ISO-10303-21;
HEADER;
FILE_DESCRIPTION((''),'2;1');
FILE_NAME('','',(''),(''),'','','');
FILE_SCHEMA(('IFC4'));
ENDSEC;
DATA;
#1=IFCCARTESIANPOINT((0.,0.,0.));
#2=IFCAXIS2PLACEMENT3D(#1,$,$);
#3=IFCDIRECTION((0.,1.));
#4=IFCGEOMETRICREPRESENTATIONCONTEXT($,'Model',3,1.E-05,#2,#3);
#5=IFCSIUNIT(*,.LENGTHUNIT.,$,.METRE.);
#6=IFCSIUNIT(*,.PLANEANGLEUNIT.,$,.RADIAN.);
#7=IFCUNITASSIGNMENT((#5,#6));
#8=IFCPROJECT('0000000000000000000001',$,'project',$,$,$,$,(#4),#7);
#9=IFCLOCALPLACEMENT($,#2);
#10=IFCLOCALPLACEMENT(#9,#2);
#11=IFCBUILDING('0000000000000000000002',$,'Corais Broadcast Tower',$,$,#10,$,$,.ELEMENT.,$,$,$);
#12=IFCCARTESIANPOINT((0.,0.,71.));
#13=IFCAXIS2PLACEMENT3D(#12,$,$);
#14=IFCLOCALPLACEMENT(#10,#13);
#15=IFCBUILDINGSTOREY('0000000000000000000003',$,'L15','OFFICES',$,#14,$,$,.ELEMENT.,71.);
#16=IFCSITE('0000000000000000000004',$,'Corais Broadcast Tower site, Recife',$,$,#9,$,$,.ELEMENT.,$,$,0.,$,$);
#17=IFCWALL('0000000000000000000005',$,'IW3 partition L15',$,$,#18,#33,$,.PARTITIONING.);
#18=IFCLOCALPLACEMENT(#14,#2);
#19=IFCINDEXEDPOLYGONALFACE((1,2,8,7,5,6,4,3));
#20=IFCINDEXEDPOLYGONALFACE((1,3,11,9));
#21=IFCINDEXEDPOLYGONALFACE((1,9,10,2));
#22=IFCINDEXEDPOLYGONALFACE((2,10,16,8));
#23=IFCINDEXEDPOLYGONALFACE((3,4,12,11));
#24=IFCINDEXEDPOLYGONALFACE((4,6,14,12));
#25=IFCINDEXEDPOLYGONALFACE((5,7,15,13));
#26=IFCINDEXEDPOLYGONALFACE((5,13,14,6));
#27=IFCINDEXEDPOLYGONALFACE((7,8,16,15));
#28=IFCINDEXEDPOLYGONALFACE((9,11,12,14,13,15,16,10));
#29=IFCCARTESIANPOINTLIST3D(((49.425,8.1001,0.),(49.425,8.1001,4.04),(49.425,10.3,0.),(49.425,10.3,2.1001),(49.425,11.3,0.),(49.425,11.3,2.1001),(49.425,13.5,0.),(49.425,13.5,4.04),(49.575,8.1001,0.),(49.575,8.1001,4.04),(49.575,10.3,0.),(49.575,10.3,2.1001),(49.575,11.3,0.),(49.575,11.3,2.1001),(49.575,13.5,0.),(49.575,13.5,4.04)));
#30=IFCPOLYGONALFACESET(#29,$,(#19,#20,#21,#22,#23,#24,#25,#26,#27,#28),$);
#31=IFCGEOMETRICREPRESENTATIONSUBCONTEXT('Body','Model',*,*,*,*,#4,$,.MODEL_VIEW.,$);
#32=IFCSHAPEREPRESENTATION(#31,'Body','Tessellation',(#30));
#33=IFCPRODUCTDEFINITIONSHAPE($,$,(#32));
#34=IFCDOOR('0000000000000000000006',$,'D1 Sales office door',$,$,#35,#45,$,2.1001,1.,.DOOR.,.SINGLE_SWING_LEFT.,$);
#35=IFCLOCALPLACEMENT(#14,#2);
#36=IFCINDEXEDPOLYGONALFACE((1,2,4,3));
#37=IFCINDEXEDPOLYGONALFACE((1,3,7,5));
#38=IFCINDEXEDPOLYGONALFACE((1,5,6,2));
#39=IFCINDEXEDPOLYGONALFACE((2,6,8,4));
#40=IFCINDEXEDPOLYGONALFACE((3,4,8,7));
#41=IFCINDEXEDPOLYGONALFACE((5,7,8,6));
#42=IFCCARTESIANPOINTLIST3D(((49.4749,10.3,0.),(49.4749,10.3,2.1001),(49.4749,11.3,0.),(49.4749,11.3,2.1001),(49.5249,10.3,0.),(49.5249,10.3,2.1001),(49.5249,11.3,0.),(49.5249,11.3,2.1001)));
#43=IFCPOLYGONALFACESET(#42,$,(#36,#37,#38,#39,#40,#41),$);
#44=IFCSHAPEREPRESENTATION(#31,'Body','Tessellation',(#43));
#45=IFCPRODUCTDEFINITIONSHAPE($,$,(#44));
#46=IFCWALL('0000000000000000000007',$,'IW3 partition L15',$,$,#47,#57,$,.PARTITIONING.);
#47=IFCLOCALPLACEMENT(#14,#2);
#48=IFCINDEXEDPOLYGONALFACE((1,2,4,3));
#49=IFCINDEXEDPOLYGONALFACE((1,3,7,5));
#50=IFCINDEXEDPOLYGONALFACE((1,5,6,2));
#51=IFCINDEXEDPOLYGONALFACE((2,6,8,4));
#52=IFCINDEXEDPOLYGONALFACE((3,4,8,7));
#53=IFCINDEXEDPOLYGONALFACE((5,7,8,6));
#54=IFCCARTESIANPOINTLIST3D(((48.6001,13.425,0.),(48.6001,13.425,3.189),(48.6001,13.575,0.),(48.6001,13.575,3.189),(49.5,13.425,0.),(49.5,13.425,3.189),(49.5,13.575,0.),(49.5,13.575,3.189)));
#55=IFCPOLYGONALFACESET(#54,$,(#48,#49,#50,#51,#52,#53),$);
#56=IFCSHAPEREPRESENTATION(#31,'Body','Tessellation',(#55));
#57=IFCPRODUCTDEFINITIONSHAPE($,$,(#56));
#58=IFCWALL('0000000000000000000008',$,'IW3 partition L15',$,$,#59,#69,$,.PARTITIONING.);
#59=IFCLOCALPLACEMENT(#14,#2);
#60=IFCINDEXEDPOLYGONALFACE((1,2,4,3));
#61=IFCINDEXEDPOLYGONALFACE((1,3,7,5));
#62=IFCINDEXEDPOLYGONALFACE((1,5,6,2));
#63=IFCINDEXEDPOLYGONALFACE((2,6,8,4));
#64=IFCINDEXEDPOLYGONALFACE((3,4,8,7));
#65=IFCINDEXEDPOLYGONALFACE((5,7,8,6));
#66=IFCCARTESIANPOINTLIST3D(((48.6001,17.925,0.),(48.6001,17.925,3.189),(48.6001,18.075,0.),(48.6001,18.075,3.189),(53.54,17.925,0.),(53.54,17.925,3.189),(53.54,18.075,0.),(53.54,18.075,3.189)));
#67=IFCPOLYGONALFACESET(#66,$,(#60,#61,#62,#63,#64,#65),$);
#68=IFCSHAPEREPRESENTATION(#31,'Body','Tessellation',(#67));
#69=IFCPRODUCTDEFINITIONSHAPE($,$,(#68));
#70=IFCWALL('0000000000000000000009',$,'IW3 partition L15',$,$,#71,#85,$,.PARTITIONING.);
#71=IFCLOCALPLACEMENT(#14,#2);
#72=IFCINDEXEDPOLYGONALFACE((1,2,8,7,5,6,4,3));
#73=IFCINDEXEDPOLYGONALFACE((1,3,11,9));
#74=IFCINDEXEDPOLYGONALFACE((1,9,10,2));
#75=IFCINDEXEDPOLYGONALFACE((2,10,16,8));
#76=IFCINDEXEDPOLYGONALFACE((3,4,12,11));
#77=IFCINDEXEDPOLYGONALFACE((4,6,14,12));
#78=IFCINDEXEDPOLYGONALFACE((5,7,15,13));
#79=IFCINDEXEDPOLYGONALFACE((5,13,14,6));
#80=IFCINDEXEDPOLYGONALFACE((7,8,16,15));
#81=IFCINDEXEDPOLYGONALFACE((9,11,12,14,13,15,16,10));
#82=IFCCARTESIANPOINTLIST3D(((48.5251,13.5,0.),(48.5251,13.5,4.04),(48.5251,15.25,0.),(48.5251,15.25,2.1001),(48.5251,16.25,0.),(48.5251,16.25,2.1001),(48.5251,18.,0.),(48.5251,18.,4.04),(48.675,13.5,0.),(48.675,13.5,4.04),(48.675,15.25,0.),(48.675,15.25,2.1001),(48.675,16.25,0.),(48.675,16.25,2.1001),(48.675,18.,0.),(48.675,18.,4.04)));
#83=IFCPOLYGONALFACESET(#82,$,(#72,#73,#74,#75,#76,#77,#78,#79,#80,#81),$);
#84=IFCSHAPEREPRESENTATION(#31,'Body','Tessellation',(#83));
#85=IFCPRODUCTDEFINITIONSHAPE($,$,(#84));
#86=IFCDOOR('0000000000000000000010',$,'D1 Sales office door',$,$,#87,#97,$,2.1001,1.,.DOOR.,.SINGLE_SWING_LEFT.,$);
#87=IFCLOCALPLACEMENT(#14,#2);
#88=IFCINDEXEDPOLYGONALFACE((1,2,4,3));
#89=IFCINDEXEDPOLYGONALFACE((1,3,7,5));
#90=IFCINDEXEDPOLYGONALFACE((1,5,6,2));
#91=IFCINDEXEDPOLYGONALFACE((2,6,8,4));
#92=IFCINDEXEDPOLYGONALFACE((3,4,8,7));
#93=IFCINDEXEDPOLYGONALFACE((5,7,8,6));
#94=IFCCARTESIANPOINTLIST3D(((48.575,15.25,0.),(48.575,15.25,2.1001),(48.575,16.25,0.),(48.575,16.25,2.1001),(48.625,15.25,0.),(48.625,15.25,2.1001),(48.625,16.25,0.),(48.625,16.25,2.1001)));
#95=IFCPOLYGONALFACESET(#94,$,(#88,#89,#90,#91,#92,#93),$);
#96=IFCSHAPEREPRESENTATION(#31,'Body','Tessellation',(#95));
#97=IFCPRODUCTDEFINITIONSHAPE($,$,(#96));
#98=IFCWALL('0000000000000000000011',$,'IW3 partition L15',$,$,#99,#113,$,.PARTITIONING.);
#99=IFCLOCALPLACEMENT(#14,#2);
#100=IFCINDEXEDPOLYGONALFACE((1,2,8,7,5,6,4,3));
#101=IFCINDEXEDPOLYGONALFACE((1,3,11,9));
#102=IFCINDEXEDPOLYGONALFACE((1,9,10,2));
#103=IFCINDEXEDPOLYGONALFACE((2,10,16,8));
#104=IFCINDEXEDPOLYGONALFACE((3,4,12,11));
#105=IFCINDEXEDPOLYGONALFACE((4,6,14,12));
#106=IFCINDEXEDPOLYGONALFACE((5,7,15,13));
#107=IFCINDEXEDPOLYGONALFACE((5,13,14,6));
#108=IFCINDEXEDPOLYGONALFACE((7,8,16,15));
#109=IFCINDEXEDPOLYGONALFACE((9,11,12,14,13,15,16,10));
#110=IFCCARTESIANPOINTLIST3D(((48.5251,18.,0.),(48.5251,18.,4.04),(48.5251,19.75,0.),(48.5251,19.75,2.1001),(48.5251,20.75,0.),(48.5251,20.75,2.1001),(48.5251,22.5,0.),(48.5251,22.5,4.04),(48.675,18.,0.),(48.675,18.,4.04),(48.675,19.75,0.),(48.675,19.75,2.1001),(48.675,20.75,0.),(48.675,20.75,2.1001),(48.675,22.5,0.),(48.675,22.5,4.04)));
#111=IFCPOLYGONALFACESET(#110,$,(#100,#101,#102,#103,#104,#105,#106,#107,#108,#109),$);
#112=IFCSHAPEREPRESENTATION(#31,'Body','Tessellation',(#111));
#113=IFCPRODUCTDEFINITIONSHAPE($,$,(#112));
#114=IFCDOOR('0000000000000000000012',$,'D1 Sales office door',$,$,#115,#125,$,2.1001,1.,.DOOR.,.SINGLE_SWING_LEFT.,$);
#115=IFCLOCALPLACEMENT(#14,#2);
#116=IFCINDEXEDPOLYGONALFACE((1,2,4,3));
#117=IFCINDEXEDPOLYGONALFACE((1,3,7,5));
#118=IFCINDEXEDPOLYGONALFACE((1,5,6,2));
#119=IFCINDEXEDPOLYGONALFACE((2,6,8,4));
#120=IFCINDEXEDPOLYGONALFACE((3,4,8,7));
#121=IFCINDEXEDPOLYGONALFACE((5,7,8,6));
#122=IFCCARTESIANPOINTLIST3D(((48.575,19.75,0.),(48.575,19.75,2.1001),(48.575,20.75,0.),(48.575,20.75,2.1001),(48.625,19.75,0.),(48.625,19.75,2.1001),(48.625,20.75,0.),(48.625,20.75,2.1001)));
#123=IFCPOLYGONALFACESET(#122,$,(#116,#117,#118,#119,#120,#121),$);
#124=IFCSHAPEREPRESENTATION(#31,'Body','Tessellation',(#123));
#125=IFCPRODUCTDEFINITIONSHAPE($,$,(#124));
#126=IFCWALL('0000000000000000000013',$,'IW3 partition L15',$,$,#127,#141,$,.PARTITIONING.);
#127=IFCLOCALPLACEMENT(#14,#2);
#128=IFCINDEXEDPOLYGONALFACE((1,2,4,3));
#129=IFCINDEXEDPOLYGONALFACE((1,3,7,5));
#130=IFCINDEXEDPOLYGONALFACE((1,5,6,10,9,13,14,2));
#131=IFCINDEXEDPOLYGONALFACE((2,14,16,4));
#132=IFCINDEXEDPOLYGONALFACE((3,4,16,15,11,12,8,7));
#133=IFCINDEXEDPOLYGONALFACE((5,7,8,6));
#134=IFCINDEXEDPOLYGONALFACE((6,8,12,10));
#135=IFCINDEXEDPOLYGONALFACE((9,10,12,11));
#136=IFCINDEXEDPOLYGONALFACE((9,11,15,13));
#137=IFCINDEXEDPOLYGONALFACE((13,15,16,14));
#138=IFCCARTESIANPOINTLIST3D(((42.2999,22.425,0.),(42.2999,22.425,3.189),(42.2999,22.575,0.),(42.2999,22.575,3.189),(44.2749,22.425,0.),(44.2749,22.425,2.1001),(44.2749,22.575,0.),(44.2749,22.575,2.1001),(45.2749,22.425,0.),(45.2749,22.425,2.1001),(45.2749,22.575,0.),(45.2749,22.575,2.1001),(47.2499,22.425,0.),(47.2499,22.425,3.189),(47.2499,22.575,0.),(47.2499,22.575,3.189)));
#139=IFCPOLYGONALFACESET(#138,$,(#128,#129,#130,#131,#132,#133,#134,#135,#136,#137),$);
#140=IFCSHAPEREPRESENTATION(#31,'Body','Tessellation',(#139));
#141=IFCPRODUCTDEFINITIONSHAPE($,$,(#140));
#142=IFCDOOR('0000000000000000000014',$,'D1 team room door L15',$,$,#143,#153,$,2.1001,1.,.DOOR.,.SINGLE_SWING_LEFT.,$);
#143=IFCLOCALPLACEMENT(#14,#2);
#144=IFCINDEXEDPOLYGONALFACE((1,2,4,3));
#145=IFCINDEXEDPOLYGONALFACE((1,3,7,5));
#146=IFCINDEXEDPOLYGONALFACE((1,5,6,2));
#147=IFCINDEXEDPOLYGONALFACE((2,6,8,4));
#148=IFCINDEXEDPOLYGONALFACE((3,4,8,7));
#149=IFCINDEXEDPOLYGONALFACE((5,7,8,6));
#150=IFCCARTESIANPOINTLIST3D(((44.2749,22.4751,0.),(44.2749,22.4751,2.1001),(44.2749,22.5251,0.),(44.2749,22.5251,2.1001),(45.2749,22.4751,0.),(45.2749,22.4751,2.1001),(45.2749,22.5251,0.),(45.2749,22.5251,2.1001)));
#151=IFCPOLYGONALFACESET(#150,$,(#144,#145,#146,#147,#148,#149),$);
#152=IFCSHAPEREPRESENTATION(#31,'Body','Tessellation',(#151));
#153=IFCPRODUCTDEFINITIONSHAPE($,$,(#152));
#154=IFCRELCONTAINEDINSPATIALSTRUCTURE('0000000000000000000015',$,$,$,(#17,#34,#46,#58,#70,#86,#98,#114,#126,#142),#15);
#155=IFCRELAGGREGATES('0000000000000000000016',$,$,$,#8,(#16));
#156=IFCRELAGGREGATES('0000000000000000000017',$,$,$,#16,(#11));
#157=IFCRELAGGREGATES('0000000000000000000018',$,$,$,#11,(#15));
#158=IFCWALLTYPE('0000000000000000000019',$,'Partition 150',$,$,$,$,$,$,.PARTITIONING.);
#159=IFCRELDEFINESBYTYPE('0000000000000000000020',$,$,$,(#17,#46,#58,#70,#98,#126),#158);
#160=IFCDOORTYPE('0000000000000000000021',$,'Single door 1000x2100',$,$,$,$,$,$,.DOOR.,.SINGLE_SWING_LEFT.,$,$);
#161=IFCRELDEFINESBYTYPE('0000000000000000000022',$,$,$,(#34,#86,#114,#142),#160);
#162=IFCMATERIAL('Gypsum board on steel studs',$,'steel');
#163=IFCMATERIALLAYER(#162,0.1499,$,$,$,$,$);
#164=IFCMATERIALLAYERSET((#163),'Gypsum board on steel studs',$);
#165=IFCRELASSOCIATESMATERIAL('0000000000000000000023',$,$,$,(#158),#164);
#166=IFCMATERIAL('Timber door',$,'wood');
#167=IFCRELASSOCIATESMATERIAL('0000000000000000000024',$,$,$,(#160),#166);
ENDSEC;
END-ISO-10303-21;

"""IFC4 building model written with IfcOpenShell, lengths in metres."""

from ifc_helpers import new_model, si_unit, direction, frame, frame_2d, origin, place, context, subcontext, project, spatial, rectangle, extrude, material, layer, layer_set, type_object, element, fill, save


model = new_model("IFC4")

# Units and contexts
model_context = context("Model", 3, precision=1e-05, world=origin(), true_north=direction((0.0, 1.0)))
body_context = subcontext(model_context, "Body", "Model", "MODEL_VIEW")
ifc_project = project(units=[si_unit("LENGTHUNIT", "METRE"), si_unit("PLANEANGLEUNIT", "RADIAN")], contexts=[model_context])

# Site, building, storey
site_placement = place(None, origin())
site = spatial("IfcSite", under=ifc_project, at=site_placement, Name="Corais Broadcast Tower site, Recife", CompositionType="ELEMENT", RefElevation=0.0)
building_placement = place(site_placement, origin())
building = spatial("IfcBuilding", under=site, at=building_placement, Name="Corais Broadcast Tower", CompositionType="ELEMENT")
storey_placement = place(building_placement, frame((0.0, 0.0, 71.0)))
storey = spatial("IfcBuildingStorey", under=building, at=storey_placement, Name="L15", Description="OFFICES", CompositionType="ELEMENT", Elevation=71.0)

# Shared definitions
ifc_material_1 = material(Name="Gypsum board on steel studs", Category="steel")
ifc_layer_1 = layer(ifc_material_1, 0.1499)
ifc_layer_set_1 = layer_set([ifc_layer_1], Name="Gypsum board on steel studs")
wall_type = type_object("IfcWallType", Name="Partition 150", PredefinedType="PARTITIONING", material=ifc_layer_set_1)

# Wall, opening, door
wall_1_placement = place(storey_placement, frame((49.5, 13.5, 0.0), z_axis=(0.0, 0.0, 1.0), x_axis=(0.0, -1.0, 0.0)))
wall_1 = element("IfcWall", 1, at=wall_1_placement, inside=storey, type_object=wall_type, Name="IW3 partition L15", PredefinedType="PARTITIONING", context=body_context, shape_type="SweptSolid", body=[
    extrude(rectangle(XDim=5.3999, YDim=0.1499, at=frame_2d((2.7, 0.0))), origin(), (0.0, 0.0, 1.0), 4.04),
])
opening_1_placement = place(wall_1_placement, frame((2.2, 0.0, 0.0)))
opening_1 = element("IfcOpeningElement", 2, at=opening_1_placement, cuts=wall_1, PredefinedType="OPENING", context=body_context, shape_type="SweptSolid", body=[
    extrude(rectangle(XDim=1.0, YDim=2.1001, at=frame_2d((0.5, 1.05))), frame((0.0, 0.085, 0.0), z_axis=(0.0, -1.0, 0.0), x_axis=(1.0, 0.0, 0.0)), (0.0, 0.0, 1.0), 0.1699),
])
ifc_material_2 = material(Name="Timber door", Category="wood")
door_type = type_object("IfcDoorType", Name="Single door 1000x2100", OperationType="SINGLE_SWING_LEFT", PredefinedType="DOOR", material=ifc_material_2)
door_1_placement = place(opening_1_placement, origin())
door_1 = element("IfcDoor", 3, at=door_1_placement, inside=storey, type_object=door_type, Name="D1 Sales office door", OperationType="SINGLE_SWING_LEFT", OverallHeight=2.1001, OverallWidth=1.0, PredefinedType="DOOR", context=body_context, shape_type="SweptSolid", body=[
    extrude(rectangle(XDim=1.0, YDim=2.1001, at=frame_2d((0.5, 1.05))), frame((0.0, 0.0249, 0.0), z_axis=(0.0, -1.0, 0.0), x_axis=(1.0, 0.0, 0.0)), (0.0, 0.0, 1.0), 0.05),
])
fill(opening_1, door_1)

# Walls
wall_2_placement = place(storey_placement, frame((48.6001, 13.5, 0.0), z_axis=(0.0, 0.0, 1.0), x_axis=(1.0, 0.0, 0.0)))
element("IfcWall", 4, at=wall_2_placement, inside=storey, type_object=wall_type, Name="IW3 partition L15", PredefinedType="PARTITIONING", context=body_context, shape_type="SweptSolid", body=[
    extrude(rectangle(XDim=0.8999, YDim=0.1499, at=frame_2d((0.45, 0.0))), origin(), (0.0, 0.0, 1.0), 3.189),
])
wall_3_placement = place(storey_placement, frame((53.54, 18.0, 0.0), z_axis=(0.0, 0.0, 1.0), x_axis=(-1.0, 0.0, 0.0)))
element("IfcWall", 5, at=wall_3_placement, inside=storey, type_object=wall_type, Name="IW3 partition L15", PredefinedType="PARTITIONING", context=body_context, shape_type="SweptSolid", body=[
    extrude(rectangle(XDim=4.9399, YDim=0.1499, at=frame_2d((2.47, 0.0))), origin(), (0.0, 0.0, 1.0), 3.189),
])

# Walls, openings, doors
wall_4_placement = place(storey_placement, frame((48.6001, 18.0, 0.0), z_axis=(0.0, 0.0, 1.0), x_axis=(0.0, -1.0, 0.0)))
wall_4 = element("IfcWall", 6, at=wall_4_placement, inside=storey, type_object=wall_type, Name="IW3 partition L15", PredefinedType="PARTITIONING", context=body_context, shape_type="SweptSolid", body=[
    extrude(rectangle(XDim=4.5, YDim=0.1499, at=frame_2d((2.25, 0.0))), origin(), (0.0, 0.0, 1.0), 4.04),
])
opening_2_placement = place(wall_4_placement, frame((1.75, 0.0, 0.0)))
opening_2 = element("IfcOpeningElement", 7, at=opening_2_placement, cuts=wall_4, PredefinedType="OPENING", context=body_context, shape_type="SweptSolid", body=[
    extrude(rectangle(XDim=1.0, YDim=2.1001, at=frame_2d((0.5, 1.05))), frame((0.0, 0.085, 0.0), z_axis=(0.0, -1.0, 0.0), x_axis=(1.0, 0.0, 0.0)), (0.0, 0.0, 1.0), 0.1699),
])
door_2_placement = place(opening_2_placement, origin())
door_2 = element("IfcDoor", 8, at=door_2_placement, inside=storey, type_object=door_type, Name="D1 Sales office door", OperationType="SINGLE_SWING_LEFT", OverallHeight=2.1001, OverallWidth=1.0, PredefinedType="DOOR", context=body_context, shape_type="SweptSolid", body=[
    extrude(rectangle(XDim=1.0, YDim=2.1001, at=frame_2d((0.5, 1.05))), frame((0.0, 0.0249, 0.0), z_axis=(0.0, -1.0, 0.0), x_axis=(1.0, 0.0, 0.0)), (0.0, 0.0, 1.0), 0.05),
])
fill(opening_2, door_2)
wall_5_placement = place(storey_placement, frame((48.6001, 22.5, 0.0), z_axis=(0.0, 0.0, 1.0), x_axis=(0.0, -1.0, 0.0)))
wall_5 = element("IfcWall", 9, at=wall_5_placement, inside=storey, type_object=wall_type, Name="IW3 partition L15", PredefinedType="PARTITIONING", context=body_context, shape_type="SweptSolid", body=[
    extrude(rectangle(XDim=4.5, YDim=0.1499, at=frame_2d((2.25, 0.0))), origin(), (0.0, 0.0, 1.0), 4.04),
])
opening_3_placement = place(wall_5_placement, frame((1.75, 0.0, 0.0)))
opening_3 = element("IfcOpeningElement", 10, at=opening_3_placement, cuts=wall_5, PredefinedType="OPENING", context=body_context, shape_type="SweptSolid", body=[
    extrude(rectangle(XDim=1.0, YDim=2.1001, at=frame_2d((0.5, 1.05))), frame((0.0, 0.085, 0.0), z_axis=(0.0, -1.0, 0.0), x_axis=(1.0, 0.0, 0.0)), (0.0, 0.0, 1.0), 0.1699),
])
door_3_placement = place(opening_3_placement, origin())
door_3 = element("IfcDoor", 11, at=door_3_placement, inside=storey, type_object=door_type, Name="D1 Sales office door", OperationType="SINGLE_SWING_LEFT", OverallHeight=2.1001, OverallWidth=1.0, PredefinedType="DOOR", context=body_context, shape_type="SweptSolid", body=[
    extrude(rectangle(XDim=1.0, YDim=2.1001, at=frame_2d((0.5, 1.05))), frame((0.0, 0.0249, 0.0), z_axis=(0.0, -1.0, 0.0), x_axis=(1.0, 0.0, 0.0)), (0.0, 0.0, 1.0), 0.05),
])
fill(opening_3, door_3)
wall_6_placement = place(storey_placement, frame((47.25, 22.5, 0.0), z_axis=(0.0, 0.0, 1.0), x_axis=(-1.0, 0.0, 0.0)))
wall_6 = element("IfcWall", 12, at=wall_6_placement, inside=storey, type_object=wall_type, Name="IW3 partition L15", PredefinedType="PARTITIONING", context=body_context, shape_type="SweptSolid", body=[
    extrude(rectangle(XDim=4.95, YDim=0.1499, at=frame_2d((2.4751, 0.0))), origin(), (0.0, 0.0, 1.0), 3.189),
])
opening_4_placement = place(wall_6_placement, frame((1.9751, 0.0, 0.0)))
opening_4 = element("IfcOpeningElement", 13, at=opening_4_placement, cuts=wall_6, PredefinedType="OPENING", context=body_context, shape_type="SweptSolid", body=[
    extrude(rectangle(XDim=1.0, YDim=2.1001, at=frame_2d((0.5, 1.05))), frame((0.0, 0.085, 0.0), z_axis=(0.0, -1.0, 0.0), x_axis=(1.0, 0.0, 0.0)), (0.0, 0.0, 1.0), 0.1699),
])
door_4_placement = place(opening_4_placement, origin())
door_4 = element("IfcDoor", 14, at=door_4_placement, inside=storey, type_object=door_type, Name="D1 team room door L15", OperationType="SINGLE_SWING_LEFT", OverallHeight=2.1001, OverallWidth=1.0, PredefinedType="DOOR", context=body_context, shape_type="SweptSolid", body=[
    extrude(rectangle(XDim=1.0, YDim=2.1001, at=frame_2d((0.5, 1.05))), frame((0.0, 0.0249, 0.0), z_axis=(0.0, -1.0, 0.0), x_axis=(1.0, 0.0, 0.0)), (0.0, 0.0, 1.0), 0.05),
])
fill(opening_4, door_4)

save(model, "model.ifc")
